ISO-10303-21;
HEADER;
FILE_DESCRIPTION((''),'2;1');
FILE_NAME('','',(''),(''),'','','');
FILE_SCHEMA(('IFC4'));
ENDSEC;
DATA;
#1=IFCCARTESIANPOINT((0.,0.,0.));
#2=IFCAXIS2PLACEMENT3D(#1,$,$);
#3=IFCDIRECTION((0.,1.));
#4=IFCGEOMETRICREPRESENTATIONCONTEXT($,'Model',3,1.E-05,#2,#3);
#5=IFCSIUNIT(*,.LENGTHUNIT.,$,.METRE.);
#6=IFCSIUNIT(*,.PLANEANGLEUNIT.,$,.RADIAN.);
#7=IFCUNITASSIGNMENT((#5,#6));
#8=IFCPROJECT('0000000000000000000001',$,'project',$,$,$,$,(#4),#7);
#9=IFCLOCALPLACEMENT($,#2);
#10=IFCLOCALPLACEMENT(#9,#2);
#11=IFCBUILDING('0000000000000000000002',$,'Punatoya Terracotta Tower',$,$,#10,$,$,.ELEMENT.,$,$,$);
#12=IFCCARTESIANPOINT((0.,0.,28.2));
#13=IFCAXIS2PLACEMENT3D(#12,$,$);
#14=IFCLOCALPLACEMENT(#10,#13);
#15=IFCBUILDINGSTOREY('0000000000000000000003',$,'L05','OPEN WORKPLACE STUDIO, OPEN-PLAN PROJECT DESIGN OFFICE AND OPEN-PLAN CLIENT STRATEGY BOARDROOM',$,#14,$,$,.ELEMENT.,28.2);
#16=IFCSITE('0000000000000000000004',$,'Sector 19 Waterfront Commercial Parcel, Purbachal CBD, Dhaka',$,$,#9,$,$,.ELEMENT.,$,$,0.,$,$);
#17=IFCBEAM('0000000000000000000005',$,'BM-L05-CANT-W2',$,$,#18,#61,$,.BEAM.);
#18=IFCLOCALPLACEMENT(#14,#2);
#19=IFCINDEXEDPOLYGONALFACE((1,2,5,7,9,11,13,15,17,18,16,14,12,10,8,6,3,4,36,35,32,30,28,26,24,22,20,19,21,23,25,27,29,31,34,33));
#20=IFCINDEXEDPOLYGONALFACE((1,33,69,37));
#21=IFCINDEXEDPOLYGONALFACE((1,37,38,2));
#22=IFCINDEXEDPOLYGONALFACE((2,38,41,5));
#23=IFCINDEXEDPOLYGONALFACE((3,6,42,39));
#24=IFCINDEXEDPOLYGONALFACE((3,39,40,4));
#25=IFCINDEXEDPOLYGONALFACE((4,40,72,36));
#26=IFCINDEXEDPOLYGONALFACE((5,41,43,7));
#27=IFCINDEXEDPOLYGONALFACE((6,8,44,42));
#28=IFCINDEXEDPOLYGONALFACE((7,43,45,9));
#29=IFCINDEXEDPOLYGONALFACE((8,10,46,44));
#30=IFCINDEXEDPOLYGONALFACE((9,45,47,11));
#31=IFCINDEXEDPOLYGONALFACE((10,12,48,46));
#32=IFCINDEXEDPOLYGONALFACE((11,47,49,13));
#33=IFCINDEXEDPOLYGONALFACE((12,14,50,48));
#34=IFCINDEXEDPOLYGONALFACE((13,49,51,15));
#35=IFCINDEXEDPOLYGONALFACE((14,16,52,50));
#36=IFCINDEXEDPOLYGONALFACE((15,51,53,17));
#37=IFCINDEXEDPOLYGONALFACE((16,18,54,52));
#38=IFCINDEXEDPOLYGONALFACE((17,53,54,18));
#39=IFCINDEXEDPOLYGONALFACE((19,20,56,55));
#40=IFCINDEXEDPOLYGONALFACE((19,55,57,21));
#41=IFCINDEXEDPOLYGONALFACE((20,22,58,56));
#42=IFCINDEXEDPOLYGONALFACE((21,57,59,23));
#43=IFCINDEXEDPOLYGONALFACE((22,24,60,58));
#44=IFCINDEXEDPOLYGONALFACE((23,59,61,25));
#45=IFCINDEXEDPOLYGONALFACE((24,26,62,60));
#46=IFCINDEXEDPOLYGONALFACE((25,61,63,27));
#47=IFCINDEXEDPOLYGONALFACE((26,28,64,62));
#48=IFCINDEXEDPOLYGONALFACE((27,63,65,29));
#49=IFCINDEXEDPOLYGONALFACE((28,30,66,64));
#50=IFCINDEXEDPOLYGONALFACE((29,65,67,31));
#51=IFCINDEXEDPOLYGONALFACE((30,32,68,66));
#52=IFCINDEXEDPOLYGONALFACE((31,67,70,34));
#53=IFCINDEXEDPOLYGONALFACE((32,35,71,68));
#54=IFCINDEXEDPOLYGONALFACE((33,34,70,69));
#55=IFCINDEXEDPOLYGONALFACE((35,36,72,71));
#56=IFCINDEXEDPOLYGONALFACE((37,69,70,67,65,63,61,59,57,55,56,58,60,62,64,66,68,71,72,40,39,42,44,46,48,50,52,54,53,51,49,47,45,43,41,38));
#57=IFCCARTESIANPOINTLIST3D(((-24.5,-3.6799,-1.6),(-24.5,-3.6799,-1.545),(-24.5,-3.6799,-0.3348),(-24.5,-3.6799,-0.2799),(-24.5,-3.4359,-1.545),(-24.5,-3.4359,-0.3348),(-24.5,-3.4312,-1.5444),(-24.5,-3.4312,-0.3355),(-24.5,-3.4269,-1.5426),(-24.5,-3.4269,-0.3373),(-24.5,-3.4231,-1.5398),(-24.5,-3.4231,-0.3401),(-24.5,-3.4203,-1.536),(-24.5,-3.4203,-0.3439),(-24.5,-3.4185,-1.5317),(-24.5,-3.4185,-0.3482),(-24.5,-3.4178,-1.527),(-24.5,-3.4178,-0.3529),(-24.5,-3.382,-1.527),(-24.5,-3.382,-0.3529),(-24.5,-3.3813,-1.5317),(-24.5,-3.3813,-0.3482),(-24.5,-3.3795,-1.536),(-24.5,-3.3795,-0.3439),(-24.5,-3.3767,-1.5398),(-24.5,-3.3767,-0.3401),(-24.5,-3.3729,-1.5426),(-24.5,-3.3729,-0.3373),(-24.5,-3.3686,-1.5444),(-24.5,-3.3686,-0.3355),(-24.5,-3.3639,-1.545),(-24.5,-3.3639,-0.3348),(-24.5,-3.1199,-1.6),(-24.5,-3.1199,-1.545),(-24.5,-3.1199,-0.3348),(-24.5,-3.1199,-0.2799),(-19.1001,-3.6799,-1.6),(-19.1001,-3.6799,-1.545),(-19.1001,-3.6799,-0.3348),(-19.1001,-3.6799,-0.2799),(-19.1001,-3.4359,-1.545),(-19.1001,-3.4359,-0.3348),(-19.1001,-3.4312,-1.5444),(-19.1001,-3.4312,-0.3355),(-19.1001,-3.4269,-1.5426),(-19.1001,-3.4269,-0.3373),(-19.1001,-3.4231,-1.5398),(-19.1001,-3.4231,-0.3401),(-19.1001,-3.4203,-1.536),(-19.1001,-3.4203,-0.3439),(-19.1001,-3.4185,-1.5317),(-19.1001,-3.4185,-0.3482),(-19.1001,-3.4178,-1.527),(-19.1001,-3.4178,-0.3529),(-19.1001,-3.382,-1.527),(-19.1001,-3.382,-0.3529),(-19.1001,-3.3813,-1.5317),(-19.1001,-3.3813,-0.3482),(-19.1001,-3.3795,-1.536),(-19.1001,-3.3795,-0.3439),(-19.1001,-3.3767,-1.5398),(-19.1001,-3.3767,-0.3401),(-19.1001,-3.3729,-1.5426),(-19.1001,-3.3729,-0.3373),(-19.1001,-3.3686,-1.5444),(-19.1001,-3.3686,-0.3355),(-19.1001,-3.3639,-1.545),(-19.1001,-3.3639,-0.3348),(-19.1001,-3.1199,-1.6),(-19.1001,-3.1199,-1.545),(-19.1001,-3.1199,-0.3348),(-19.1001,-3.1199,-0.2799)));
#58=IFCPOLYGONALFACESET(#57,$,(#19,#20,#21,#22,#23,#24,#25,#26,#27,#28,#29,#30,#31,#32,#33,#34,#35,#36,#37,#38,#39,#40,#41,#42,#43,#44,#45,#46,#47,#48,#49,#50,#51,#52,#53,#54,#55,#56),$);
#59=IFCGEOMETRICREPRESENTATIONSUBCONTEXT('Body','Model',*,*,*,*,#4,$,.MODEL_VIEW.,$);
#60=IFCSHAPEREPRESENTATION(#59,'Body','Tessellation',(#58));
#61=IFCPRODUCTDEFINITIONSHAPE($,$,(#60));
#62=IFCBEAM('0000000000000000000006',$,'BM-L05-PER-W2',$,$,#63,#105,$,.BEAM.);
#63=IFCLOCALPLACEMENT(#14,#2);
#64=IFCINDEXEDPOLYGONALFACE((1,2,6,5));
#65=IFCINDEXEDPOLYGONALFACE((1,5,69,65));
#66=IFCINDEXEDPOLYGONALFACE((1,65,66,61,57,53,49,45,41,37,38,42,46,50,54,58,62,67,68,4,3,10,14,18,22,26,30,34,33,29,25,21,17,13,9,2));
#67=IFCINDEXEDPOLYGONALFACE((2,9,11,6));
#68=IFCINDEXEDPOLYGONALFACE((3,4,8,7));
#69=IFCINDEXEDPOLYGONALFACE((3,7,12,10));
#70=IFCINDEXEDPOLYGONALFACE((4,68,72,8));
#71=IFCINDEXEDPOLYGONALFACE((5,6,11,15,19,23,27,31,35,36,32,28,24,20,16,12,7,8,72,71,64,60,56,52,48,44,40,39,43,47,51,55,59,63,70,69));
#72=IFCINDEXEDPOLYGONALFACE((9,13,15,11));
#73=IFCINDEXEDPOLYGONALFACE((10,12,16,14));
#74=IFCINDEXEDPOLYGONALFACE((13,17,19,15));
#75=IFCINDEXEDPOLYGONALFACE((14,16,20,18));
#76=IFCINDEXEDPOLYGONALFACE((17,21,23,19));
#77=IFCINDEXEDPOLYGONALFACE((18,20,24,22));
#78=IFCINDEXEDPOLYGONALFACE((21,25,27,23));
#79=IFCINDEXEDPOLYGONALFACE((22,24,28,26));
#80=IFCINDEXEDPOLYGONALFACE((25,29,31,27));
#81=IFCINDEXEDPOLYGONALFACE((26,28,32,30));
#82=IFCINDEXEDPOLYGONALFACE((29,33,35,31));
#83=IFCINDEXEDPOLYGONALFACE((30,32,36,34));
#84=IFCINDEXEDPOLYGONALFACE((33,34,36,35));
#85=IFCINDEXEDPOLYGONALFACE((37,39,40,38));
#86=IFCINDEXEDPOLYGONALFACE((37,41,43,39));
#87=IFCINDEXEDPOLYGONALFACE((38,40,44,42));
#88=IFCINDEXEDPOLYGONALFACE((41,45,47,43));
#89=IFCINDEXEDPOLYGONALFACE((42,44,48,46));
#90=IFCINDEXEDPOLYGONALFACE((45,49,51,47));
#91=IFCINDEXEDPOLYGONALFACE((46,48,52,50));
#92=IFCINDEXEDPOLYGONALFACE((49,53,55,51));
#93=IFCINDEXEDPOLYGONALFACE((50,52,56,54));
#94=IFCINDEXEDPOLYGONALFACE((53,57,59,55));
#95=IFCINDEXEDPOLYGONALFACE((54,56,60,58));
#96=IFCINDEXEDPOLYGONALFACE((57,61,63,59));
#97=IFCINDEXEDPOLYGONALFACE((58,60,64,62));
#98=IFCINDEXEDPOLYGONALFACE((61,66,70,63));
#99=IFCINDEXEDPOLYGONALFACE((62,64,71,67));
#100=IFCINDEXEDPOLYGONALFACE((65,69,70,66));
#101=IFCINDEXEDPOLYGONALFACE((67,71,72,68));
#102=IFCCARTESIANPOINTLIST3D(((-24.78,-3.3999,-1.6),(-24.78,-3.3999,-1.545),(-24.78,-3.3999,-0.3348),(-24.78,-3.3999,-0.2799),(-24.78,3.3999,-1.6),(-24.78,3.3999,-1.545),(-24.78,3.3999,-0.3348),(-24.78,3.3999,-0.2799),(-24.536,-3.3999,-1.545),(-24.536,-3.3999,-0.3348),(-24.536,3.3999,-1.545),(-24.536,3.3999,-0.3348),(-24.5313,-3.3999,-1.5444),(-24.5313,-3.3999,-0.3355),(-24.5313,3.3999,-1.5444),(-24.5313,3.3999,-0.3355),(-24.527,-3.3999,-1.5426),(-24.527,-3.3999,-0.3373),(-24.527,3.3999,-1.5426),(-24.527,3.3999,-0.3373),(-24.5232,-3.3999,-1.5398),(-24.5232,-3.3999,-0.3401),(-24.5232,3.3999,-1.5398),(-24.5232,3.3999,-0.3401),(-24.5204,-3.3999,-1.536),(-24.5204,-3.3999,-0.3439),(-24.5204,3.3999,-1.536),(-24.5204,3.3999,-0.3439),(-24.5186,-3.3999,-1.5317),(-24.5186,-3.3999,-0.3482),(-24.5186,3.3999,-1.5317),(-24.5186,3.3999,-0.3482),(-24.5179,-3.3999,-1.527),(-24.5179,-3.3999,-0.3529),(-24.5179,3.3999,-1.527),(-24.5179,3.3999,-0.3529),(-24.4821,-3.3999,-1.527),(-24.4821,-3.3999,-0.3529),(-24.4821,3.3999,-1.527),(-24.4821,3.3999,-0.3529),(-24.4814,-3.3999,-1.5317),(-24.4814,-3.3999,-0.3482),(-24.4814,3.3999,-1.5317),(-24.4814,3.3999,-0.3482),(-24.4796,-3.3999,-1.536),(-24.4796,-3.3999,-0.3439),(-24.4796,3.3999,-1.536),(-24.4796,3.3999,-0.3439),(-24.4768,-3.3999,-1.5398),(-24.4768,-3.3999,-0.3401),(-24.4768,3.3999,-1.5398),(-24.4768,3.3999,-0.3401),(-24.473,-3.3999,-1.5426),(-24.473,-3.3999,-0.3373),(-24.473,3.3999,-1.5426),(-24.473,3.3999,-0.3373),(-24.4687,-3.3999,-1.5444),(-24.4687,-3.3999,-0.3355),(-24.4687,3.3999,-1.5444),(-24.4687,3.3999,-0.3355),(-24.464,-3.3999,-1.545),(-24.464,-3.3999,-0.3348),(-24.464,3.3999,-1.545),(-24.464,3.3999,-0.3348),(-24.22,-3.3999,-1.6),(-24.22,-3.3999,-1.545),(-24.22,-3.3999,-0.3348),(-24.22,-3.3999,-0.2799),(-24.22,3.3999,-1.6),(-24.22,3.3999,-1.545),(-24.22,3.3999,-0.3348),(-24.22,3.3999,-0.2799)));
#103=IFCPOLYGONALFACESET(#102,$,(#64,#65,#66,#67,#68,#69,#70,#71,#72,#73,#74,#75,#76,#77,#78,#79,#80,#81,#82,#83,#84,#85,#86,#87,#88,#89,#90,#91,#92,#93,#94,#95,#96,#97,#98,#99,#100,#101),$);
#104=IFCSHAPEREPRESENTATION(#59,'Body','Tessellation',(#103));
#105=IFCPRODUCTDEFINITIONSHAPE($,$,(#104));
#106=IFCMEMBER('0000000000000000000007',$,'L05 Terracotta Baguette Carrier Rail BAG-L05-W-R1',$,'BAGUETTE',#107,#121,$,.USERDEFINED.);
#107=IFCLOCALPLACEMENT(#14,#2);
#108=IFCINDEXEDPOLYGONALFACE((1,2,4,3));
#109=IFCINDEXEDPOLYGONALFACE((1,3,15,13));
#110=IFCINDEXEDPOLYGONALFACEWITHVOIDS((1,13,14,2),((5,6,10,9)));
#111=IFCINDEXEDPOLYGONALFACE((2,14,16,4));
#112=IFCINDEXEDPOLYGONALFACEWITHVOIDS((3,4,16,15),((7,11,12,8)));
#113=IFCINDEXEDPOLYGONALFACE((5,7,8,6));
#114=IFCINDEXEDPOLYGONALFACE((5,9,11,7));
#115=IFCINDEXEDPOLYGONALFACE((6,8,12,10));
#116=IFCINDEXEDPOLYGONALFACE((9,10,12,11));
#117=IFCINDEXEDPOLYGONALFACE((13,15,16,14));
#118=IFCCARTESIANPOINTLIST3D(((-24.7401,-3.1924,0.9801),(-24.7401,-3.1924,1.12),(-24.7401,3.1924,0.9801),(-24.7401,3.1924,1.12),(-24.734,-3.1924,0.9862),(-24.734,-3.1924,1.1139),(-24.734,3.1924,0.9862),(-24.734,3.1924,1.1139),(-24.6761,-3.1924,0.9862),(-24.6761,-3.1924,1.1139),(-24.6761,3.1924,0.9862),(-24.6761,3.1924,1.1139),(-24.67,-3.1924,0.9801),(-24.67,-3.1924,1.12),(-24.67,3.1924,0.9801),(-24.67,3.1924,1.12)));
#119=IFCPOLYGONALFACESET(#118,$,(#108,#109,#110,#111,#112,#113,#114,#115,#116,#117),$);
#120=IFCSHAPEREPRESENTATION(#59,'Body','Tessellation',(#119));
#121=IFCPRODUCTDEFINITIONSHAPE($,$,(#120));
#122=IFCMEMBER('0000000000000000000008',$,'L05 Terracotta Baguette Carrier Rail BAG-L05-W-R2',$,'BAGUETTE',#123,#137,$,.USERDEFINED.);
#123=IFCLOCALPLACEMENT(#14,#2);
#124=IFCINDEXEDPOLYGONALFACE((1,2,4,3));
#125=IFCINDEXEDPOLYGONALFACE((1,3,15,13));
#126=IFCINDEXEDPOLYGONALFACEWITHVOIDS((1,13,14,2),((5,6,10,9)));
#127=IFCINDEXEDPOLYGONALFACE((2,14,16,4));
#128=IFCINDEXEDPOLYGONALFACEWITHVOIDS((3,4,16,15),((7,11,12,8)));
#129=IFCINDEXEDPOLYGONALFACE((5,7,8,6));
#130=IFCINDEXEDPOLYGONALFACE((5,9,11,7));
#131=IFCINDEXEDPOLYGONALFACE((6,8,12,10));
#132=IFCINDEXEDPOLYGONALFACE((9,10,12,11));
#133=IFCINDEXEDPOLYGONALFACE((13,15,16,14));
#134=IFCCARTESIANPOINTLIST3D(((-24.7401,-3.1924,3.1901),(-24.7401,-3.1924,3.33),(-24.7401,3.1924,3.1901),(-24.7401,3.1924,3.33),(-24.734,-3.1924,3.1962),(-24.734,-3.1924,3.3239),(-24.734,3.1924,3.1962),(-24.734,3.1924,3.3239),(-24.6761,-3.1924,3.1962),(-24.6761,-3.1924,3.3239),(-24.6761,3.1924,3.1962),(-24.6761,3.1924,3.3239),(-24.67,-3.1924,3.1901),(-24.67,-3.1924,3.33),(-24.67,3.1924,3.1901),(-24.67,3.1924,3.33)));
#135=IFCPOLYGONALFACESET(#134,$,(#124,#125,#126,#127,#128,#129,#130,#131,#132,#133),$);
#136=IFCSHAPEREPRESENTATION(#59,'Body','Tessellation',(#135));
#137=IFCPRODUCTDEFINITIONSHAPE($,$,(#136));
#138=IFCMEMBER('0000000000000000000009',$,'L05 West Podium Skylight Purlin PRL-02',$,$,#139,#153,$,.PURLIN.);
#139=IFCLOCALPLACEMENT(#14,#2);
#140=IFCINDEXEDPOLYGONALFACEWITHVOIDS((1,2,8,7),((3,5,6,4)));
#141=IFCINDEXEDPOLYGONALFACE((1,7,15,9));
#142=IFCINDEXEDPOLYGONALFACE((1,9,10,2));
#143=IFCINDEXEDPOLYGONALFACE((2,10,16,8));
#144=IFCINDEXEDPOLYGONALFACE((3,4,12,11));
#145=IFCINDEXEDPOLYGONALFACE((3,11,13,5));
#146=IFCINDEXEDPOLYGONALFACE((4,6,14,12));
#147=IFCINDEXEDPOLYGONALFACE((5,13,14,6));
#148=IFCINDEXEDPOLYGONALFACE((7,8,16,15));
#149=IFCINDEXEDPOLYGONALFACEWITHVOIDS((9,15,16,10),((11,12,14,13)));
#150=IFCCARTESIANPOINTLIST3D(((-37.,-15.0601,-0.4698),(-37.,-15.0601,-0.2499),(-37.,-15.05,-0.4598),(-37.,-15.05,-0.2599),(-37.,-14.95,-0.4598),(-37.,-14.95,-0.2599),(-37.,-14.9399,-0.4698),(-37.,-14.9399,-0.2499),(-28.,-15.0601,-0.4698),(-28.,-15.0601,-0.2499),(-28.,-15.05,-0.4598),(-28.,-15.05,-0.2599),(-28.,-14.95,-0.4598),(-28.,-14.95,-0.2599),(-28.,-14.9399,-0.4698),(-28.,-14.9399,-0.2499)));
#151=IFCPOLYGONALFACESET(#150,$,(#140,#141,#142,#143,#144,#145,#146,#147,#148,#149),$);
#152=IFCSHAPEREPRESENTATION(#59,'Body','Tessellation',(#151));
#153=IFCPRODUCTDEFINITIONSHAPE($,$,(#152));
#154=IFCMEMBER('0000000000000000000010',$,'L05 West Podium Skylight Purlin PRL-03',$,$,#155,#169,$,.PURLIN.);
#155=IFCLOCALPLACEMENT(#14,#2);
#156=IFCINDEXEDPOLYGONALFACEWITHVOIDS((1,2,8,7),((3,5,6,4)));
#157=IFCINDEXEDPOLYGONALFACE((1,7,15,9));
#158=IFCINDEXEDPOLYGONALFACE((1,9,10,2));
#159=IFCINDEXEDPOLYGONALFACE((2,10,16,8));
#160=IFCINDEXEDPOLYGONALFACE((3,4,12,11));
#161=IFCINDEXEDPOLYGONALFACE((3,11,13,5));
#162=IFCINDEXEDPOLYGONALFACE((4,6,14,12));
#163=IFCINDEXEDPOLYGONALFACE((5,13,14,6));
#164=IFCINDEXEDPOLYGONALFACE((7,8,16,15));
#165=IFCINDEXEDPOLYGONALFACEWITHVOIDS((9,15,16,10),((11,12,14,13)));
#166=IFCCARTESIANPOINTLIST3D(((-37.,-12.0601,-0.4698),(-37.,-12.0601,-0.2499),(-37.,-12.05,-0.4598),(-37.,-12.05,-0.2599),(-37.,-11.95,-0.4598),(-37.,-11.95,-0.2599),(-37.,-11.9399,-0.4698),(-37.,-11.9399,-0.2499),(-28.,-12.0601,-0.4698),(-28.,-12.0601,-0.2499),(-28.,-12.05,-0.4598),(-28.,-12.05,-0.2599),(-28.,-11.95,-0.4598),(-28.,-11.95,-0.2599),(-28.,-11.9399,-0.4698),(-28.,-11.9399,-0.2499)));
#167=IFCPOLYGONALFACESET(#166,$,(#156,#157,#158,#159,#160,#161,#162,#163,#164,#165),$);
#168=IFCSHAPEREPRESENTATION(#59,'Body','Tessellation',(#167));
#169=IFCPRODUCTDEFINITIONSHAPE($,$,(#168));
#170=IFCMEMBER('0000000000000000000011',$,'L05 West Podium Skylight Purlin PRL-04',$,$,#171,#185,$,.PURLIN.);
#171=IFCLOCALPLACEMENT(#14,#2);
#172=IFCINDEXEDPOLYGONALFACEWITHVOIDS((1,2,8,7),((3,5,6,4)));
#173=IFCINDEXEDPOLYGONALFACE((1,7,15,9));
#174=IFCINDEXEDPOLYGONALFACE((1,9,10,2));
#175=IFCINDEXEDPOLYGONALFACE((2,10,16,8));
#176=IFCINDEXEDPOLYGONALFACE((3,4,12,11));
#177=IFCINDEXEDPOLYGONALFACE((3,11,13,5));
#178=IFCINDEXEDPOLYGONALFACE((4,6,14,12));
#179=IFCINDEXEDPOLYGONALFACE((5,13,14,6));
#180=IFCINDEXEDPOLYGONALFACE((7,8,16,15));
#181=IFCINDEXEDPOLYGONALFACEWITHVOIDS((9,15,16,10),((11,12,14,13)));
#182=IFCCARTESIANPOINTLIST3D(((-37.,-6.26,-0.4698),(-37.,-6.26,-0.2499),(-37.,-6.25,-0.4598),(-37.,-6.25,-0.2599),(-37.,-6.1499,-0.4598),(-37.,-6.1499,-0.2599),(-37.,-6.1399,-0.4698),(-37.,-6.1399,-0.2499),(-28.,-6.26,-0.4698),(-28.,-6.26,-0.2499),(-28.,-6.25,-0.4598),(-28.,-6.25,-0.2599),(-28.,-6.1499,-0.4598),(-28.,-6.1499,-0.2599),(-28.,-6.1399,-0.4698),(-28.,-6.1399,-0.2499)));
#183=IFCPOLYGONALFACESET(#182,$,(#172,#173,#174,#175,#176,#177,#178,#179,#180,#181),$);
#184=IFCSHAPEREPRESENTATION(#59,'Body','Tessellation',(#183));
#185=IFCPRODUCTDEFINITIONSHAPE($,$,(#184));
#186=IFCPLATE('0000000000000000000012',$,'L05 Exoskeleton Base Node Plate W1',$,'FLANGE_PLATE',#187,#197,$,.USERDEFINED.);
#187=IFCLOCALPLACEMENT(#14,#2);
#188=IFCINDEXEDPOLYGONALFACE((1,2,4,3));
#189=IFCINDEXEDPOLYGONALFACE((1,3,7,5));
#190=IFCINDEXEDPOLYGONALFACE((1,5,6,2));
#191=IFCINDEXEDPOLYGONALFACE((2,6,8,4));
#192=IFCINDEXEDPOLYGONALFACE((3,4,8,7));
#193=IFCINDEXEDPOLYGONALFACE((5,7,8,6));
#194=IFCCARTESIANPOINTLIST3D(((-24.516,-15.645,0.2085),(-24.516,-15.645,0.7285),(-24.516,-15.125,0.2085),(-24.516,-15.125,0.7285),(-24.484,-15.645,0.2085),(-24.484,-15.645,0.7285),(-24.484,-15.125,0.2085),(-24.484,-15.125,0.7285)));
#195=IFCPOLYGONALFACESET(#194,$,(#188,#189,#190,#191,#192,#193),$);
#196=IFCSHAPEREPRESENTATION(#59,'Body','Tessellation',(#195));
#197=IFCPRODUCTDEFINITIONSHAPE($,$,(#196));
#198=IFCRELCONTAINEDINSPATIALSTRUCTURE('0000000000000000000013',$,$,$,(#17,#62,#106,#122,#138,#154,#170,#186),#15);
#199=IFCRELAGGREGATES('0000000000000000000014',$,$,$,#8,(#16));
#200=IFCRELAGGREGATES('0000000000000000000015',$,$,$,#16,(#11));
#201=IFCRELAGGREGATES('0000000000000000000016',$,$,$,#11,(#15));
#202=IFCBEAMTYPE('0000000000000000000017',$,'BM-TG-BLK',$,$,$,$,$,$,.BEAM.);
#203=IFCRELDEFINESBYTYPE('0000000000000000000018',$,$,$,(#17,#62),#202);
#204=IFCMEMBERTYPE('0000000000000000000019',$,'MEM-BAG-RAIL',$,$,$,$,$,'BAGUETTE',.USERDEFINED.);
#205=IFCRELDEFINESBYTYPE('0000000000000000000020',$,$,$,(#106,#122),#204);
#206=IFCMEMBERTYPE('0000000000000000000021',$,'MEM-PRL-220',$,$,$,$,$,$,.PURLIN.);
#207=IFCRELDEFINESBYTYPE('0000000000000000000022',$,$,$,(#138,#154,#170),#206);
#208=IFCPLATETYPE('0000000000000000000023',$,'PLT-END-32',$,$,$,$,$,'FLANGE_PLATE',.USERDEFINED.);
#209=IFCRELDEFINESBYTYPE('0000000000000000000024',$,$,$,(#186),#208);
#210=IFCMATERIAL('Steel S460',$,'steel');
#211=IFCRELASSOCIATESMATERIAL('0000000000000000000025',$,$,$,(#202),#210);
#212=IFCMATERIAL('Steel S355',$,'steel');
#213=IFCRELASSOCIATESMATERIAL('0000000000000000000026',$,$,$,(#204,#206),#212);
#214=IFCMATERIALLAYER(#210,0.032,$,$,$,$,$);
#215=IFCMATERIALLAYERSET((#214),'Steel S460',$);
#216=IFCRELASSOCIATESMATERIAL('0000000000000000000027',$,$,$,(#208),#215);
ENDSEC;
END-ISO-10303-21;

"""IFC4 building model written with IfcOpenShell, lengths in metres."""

from ifc_helpers import new_model, si_unit, direction, frame, origin, origin_2d, place, context, subcontext, project, spatial, rectangle, hollow_rectangle, i_section, extrude, material, layer, layer_set, material_profile, profile_set, type_object, element, save


model = new_model("IFC4")

# Units and contexts
model_context = context("Model", 3, precision=1e-05, world=origin(), true_north=direction((0.0, 1.0)))
body_context = subcontext(model_context, "Body", "Model", "MODEL_VIEW")
ifc_project = project(units=[si_unit("LENGTHUNIT", "METRE"), si_unit("PLANEANGLEUNIT", "RADIAN")], contexts=[model_context])

# Site, building, storey
site_placement = place(None, origin())
site = spatial("IfcSite", under=ifc_project, at=site_placement, Name="Sector 19 Waterfront Commercial Parcel, Purbachal CBD, Dhaka", CompositionType="ELEMENT", RefElevation=0.0)
building_placement = place(site_placement, origin())
building = spatial("IfcBuilding", under=site, at=building_placement, Name="Punatoya Terracotta Tower", CompositionType="ELEMENT")
storey_placement = place(building_placement, frame((0.0, 0.0, 28.2)))
storey = spatial("IfcBuildingStorey", under=building, at=storey_placement, Name="L05", Description="OPEN WORKPLACE STUDIO, OPEN-PLAN PROJECT DESIGN OFFICE AND OPEN-PLAN CLIENT STRATEGY BOARDROOM", CompositionType="ELEMENT", Elevation=28.2)

# Shared definitions
ifc_material_1 = material(Name="Steel S460", Category="steel")

# Beams
ifc_material_2 = material(Name="Steel S355", Category="steel")
ifc_material_profile_1 = material_profile(ifc_material_1, i_section(OverallWidth=0.5601, OverallDepth=1.3201, WebThickness=0.0359, FlangeThickness=0.0549, FilletRadius=0.0181, at=origin_2d()))
ifc_profile_set_1 = profile_set([ifc_material_profile_1], Name="Steel S460")
beam_type_1 = type_object("IfcBeamType", Name="BM-TG-BLK", PredefinedType="BEAM", material=ifc_profile_set_1)
beam_1_placement = place(storey_placement, frame((-24.5, -3.3999, -0.9399), z_axis=(1.0, 0.0, 0.0), x_axis=(0.0, 1.0, 0.0)))
element("IfcBeam", 1, at=beam_1_placement, inside=storey, type_object=beam_type_1, Name="BM-L05-CANT-W2", PredefinedType="BEAM", context=body_context, shape_type="SweptSolid", body=[
    extrude(i_section(OverallWidth=0.5601, OverallDepth=1.3201, WebThickness=0.0359, FlangeThickness=0.0549, FilletRadius=0.0181, at=origin_2d()), origin(), (0.0, 0.0, 1.0), 5.3999),
])
beam_2_placement = place(storey_placement, frame((-24.5, -3.3999, -0.9399), z_axis=(0.0, 1.0, 0.0), x_axis=(-1.0, 0.0, 0.0)))
element("IfcBeam", 2, at=beam_2_placement, inside=storey, type_object=beam_type_1, Name="BM-L05-PER-W2", PredefinedType="BEAM", context=body_context, shape_type="SweptSolid", body=[
    extrude(i_section(OverallWidth=0.5601, OverallDepth=1.3201, WebThickness=0.0359, FlangeThickness=0.0549, FilletRadius=0.0181, at=origin_2d()), origin(), (0.0, 0.0, 1.0), 6.7998),
])

# Members
ifc_material_profile_2 = material_profile(ifc_material_2, hollow_rectangle(XDim=0.0701, YDim=0.1399, WallThickness=0.0061, at=origin_2d()))
ifc_profile_set_2 = profile_set([ifc_material_profile_2], Name="Steel S355")
member_type_1 = type_object("IfcMemberType", Name="MEM-BAG-RAIL", ElementType="BAGUETTE", PredefinedType="USERDEFINED", material=ifc_profile_set_2)
for number, where, z_axis, x_axis, name in (
    (3, (-24.7051, -3.1924, 1.05), (0.0, 1.0, 0.0), (-1.0, 0.0, 0.0), "L05 Terracotta Baguette Carrier Rail BAG-L05-W-R1"),
    (4, (-24.7051, -3.1924, 3.26), (0.0, 1.0, 0.0), (-1.0, 0.0, 0.0), "L05 Terracotta Baguette Carrier Rail BAG-L05-W-R2"),
):
    element("IfcMember", number, at=place(storey_placement, frame(where, z_axis=z_axis, x_axis=x_axis)), inside=storey, type_object=member_type_1, Name=name, ObjectType="BAGUETTE", PredefinedType="USERDEFINED", context=body_context, shape_type="SweptSolid", body=[
        extrude(hollow_rectangle(XDim=0.0701, YDim=0.1399, WallThickness=0.0061, at=origin_2d()), origin(), (0.0, 0.0, 1.0), 6.3848),
    ])
ifc_material_profile_3 = material_profile(ifc_material_2, hollow_rectangle(XDim=0.1201, YDim=0.22, WallThickness=0.01, at=origin_2d()))
ifc_profile_set_3 = profile_set([ifc_material_profile_3], Name="Steel S355")
member_type_2 = type_object("IfcMemberType", Name="MEM-PRL-220", PredefinedType="PURLIN", material=ifc_profile_set_3)
for number, where, z_axis, x_axis, name in (
    (5, (-37.0, -15.0, -0.3599), (1.0, 0.0, 0.0), (0.0, 1.0, 0.0), "L05 West Podium Skylight Purlin PRL-02"),
    (6, (-37.0, -12.0, -0.3599), (1.0, 0.0, 0.0), (0.0, 1.0, 0.0), "L05 West Podium Skylight Purlin PRL-03"),
    (7, (-37.0, -6.2, -0.3599), (1.0, 0.0, 0.0), (0.0, 1.0, 0.0), "L05 West Podium Skylight Purlin PRL-04"),
):
    element("IfcMember", number, at=place(storey_placement, frame(where, z_axis=z_axis, x_axis=x_axis)), inside=storey, type_object=member_type_2, Name=name, PredefinedType="PURLIN", context=body_context, shape_type="SweptSolid", body=[
        extrude(hollow_rectangle(XDim=0.1201, YDim=0.22, WallThickness=0.01, at=origin_2d()), origin(), (0.0, 0.0, 1.0), 9.0),
    ])

# Plate
ifc_layer_1 = layer(ifc_material_1, 0.032)
ifc_layer_set_1 = layer_set([ifc_layer_1], Name="Steel S460")
plate_type_1 = type_object("IfcPlateType", Name="PLT-END-32", ElementType="FLANGE_PLATE", PredefinedType="USERDEFINED", material=ifc_layer_set_1)
plate_1_placement = place(storey_placement, frame((-24.5, -15.385, 0.2085), z_axis=(0.0, 0.0, 1.0), x_axis=(0.0, 1.0, 0.0)))
element("IfcPlate", 8, at=plate_1_placement, inside=storey, type_object=plate_type_1, Name="L05 Exoskeleton Base Node Plate W1", ObjectType="FLANGE_PLATE", PredefinedType="USERDEFINED", context=body_context, shape_type="SweptSolid", body=[
    extrude(rectangle(XDim=0.52, YDim=0.032, at=origin_2d()), origin(), (0.0, 0.0, 1.0), 0.52),
])

save(model, "model.ifc")
